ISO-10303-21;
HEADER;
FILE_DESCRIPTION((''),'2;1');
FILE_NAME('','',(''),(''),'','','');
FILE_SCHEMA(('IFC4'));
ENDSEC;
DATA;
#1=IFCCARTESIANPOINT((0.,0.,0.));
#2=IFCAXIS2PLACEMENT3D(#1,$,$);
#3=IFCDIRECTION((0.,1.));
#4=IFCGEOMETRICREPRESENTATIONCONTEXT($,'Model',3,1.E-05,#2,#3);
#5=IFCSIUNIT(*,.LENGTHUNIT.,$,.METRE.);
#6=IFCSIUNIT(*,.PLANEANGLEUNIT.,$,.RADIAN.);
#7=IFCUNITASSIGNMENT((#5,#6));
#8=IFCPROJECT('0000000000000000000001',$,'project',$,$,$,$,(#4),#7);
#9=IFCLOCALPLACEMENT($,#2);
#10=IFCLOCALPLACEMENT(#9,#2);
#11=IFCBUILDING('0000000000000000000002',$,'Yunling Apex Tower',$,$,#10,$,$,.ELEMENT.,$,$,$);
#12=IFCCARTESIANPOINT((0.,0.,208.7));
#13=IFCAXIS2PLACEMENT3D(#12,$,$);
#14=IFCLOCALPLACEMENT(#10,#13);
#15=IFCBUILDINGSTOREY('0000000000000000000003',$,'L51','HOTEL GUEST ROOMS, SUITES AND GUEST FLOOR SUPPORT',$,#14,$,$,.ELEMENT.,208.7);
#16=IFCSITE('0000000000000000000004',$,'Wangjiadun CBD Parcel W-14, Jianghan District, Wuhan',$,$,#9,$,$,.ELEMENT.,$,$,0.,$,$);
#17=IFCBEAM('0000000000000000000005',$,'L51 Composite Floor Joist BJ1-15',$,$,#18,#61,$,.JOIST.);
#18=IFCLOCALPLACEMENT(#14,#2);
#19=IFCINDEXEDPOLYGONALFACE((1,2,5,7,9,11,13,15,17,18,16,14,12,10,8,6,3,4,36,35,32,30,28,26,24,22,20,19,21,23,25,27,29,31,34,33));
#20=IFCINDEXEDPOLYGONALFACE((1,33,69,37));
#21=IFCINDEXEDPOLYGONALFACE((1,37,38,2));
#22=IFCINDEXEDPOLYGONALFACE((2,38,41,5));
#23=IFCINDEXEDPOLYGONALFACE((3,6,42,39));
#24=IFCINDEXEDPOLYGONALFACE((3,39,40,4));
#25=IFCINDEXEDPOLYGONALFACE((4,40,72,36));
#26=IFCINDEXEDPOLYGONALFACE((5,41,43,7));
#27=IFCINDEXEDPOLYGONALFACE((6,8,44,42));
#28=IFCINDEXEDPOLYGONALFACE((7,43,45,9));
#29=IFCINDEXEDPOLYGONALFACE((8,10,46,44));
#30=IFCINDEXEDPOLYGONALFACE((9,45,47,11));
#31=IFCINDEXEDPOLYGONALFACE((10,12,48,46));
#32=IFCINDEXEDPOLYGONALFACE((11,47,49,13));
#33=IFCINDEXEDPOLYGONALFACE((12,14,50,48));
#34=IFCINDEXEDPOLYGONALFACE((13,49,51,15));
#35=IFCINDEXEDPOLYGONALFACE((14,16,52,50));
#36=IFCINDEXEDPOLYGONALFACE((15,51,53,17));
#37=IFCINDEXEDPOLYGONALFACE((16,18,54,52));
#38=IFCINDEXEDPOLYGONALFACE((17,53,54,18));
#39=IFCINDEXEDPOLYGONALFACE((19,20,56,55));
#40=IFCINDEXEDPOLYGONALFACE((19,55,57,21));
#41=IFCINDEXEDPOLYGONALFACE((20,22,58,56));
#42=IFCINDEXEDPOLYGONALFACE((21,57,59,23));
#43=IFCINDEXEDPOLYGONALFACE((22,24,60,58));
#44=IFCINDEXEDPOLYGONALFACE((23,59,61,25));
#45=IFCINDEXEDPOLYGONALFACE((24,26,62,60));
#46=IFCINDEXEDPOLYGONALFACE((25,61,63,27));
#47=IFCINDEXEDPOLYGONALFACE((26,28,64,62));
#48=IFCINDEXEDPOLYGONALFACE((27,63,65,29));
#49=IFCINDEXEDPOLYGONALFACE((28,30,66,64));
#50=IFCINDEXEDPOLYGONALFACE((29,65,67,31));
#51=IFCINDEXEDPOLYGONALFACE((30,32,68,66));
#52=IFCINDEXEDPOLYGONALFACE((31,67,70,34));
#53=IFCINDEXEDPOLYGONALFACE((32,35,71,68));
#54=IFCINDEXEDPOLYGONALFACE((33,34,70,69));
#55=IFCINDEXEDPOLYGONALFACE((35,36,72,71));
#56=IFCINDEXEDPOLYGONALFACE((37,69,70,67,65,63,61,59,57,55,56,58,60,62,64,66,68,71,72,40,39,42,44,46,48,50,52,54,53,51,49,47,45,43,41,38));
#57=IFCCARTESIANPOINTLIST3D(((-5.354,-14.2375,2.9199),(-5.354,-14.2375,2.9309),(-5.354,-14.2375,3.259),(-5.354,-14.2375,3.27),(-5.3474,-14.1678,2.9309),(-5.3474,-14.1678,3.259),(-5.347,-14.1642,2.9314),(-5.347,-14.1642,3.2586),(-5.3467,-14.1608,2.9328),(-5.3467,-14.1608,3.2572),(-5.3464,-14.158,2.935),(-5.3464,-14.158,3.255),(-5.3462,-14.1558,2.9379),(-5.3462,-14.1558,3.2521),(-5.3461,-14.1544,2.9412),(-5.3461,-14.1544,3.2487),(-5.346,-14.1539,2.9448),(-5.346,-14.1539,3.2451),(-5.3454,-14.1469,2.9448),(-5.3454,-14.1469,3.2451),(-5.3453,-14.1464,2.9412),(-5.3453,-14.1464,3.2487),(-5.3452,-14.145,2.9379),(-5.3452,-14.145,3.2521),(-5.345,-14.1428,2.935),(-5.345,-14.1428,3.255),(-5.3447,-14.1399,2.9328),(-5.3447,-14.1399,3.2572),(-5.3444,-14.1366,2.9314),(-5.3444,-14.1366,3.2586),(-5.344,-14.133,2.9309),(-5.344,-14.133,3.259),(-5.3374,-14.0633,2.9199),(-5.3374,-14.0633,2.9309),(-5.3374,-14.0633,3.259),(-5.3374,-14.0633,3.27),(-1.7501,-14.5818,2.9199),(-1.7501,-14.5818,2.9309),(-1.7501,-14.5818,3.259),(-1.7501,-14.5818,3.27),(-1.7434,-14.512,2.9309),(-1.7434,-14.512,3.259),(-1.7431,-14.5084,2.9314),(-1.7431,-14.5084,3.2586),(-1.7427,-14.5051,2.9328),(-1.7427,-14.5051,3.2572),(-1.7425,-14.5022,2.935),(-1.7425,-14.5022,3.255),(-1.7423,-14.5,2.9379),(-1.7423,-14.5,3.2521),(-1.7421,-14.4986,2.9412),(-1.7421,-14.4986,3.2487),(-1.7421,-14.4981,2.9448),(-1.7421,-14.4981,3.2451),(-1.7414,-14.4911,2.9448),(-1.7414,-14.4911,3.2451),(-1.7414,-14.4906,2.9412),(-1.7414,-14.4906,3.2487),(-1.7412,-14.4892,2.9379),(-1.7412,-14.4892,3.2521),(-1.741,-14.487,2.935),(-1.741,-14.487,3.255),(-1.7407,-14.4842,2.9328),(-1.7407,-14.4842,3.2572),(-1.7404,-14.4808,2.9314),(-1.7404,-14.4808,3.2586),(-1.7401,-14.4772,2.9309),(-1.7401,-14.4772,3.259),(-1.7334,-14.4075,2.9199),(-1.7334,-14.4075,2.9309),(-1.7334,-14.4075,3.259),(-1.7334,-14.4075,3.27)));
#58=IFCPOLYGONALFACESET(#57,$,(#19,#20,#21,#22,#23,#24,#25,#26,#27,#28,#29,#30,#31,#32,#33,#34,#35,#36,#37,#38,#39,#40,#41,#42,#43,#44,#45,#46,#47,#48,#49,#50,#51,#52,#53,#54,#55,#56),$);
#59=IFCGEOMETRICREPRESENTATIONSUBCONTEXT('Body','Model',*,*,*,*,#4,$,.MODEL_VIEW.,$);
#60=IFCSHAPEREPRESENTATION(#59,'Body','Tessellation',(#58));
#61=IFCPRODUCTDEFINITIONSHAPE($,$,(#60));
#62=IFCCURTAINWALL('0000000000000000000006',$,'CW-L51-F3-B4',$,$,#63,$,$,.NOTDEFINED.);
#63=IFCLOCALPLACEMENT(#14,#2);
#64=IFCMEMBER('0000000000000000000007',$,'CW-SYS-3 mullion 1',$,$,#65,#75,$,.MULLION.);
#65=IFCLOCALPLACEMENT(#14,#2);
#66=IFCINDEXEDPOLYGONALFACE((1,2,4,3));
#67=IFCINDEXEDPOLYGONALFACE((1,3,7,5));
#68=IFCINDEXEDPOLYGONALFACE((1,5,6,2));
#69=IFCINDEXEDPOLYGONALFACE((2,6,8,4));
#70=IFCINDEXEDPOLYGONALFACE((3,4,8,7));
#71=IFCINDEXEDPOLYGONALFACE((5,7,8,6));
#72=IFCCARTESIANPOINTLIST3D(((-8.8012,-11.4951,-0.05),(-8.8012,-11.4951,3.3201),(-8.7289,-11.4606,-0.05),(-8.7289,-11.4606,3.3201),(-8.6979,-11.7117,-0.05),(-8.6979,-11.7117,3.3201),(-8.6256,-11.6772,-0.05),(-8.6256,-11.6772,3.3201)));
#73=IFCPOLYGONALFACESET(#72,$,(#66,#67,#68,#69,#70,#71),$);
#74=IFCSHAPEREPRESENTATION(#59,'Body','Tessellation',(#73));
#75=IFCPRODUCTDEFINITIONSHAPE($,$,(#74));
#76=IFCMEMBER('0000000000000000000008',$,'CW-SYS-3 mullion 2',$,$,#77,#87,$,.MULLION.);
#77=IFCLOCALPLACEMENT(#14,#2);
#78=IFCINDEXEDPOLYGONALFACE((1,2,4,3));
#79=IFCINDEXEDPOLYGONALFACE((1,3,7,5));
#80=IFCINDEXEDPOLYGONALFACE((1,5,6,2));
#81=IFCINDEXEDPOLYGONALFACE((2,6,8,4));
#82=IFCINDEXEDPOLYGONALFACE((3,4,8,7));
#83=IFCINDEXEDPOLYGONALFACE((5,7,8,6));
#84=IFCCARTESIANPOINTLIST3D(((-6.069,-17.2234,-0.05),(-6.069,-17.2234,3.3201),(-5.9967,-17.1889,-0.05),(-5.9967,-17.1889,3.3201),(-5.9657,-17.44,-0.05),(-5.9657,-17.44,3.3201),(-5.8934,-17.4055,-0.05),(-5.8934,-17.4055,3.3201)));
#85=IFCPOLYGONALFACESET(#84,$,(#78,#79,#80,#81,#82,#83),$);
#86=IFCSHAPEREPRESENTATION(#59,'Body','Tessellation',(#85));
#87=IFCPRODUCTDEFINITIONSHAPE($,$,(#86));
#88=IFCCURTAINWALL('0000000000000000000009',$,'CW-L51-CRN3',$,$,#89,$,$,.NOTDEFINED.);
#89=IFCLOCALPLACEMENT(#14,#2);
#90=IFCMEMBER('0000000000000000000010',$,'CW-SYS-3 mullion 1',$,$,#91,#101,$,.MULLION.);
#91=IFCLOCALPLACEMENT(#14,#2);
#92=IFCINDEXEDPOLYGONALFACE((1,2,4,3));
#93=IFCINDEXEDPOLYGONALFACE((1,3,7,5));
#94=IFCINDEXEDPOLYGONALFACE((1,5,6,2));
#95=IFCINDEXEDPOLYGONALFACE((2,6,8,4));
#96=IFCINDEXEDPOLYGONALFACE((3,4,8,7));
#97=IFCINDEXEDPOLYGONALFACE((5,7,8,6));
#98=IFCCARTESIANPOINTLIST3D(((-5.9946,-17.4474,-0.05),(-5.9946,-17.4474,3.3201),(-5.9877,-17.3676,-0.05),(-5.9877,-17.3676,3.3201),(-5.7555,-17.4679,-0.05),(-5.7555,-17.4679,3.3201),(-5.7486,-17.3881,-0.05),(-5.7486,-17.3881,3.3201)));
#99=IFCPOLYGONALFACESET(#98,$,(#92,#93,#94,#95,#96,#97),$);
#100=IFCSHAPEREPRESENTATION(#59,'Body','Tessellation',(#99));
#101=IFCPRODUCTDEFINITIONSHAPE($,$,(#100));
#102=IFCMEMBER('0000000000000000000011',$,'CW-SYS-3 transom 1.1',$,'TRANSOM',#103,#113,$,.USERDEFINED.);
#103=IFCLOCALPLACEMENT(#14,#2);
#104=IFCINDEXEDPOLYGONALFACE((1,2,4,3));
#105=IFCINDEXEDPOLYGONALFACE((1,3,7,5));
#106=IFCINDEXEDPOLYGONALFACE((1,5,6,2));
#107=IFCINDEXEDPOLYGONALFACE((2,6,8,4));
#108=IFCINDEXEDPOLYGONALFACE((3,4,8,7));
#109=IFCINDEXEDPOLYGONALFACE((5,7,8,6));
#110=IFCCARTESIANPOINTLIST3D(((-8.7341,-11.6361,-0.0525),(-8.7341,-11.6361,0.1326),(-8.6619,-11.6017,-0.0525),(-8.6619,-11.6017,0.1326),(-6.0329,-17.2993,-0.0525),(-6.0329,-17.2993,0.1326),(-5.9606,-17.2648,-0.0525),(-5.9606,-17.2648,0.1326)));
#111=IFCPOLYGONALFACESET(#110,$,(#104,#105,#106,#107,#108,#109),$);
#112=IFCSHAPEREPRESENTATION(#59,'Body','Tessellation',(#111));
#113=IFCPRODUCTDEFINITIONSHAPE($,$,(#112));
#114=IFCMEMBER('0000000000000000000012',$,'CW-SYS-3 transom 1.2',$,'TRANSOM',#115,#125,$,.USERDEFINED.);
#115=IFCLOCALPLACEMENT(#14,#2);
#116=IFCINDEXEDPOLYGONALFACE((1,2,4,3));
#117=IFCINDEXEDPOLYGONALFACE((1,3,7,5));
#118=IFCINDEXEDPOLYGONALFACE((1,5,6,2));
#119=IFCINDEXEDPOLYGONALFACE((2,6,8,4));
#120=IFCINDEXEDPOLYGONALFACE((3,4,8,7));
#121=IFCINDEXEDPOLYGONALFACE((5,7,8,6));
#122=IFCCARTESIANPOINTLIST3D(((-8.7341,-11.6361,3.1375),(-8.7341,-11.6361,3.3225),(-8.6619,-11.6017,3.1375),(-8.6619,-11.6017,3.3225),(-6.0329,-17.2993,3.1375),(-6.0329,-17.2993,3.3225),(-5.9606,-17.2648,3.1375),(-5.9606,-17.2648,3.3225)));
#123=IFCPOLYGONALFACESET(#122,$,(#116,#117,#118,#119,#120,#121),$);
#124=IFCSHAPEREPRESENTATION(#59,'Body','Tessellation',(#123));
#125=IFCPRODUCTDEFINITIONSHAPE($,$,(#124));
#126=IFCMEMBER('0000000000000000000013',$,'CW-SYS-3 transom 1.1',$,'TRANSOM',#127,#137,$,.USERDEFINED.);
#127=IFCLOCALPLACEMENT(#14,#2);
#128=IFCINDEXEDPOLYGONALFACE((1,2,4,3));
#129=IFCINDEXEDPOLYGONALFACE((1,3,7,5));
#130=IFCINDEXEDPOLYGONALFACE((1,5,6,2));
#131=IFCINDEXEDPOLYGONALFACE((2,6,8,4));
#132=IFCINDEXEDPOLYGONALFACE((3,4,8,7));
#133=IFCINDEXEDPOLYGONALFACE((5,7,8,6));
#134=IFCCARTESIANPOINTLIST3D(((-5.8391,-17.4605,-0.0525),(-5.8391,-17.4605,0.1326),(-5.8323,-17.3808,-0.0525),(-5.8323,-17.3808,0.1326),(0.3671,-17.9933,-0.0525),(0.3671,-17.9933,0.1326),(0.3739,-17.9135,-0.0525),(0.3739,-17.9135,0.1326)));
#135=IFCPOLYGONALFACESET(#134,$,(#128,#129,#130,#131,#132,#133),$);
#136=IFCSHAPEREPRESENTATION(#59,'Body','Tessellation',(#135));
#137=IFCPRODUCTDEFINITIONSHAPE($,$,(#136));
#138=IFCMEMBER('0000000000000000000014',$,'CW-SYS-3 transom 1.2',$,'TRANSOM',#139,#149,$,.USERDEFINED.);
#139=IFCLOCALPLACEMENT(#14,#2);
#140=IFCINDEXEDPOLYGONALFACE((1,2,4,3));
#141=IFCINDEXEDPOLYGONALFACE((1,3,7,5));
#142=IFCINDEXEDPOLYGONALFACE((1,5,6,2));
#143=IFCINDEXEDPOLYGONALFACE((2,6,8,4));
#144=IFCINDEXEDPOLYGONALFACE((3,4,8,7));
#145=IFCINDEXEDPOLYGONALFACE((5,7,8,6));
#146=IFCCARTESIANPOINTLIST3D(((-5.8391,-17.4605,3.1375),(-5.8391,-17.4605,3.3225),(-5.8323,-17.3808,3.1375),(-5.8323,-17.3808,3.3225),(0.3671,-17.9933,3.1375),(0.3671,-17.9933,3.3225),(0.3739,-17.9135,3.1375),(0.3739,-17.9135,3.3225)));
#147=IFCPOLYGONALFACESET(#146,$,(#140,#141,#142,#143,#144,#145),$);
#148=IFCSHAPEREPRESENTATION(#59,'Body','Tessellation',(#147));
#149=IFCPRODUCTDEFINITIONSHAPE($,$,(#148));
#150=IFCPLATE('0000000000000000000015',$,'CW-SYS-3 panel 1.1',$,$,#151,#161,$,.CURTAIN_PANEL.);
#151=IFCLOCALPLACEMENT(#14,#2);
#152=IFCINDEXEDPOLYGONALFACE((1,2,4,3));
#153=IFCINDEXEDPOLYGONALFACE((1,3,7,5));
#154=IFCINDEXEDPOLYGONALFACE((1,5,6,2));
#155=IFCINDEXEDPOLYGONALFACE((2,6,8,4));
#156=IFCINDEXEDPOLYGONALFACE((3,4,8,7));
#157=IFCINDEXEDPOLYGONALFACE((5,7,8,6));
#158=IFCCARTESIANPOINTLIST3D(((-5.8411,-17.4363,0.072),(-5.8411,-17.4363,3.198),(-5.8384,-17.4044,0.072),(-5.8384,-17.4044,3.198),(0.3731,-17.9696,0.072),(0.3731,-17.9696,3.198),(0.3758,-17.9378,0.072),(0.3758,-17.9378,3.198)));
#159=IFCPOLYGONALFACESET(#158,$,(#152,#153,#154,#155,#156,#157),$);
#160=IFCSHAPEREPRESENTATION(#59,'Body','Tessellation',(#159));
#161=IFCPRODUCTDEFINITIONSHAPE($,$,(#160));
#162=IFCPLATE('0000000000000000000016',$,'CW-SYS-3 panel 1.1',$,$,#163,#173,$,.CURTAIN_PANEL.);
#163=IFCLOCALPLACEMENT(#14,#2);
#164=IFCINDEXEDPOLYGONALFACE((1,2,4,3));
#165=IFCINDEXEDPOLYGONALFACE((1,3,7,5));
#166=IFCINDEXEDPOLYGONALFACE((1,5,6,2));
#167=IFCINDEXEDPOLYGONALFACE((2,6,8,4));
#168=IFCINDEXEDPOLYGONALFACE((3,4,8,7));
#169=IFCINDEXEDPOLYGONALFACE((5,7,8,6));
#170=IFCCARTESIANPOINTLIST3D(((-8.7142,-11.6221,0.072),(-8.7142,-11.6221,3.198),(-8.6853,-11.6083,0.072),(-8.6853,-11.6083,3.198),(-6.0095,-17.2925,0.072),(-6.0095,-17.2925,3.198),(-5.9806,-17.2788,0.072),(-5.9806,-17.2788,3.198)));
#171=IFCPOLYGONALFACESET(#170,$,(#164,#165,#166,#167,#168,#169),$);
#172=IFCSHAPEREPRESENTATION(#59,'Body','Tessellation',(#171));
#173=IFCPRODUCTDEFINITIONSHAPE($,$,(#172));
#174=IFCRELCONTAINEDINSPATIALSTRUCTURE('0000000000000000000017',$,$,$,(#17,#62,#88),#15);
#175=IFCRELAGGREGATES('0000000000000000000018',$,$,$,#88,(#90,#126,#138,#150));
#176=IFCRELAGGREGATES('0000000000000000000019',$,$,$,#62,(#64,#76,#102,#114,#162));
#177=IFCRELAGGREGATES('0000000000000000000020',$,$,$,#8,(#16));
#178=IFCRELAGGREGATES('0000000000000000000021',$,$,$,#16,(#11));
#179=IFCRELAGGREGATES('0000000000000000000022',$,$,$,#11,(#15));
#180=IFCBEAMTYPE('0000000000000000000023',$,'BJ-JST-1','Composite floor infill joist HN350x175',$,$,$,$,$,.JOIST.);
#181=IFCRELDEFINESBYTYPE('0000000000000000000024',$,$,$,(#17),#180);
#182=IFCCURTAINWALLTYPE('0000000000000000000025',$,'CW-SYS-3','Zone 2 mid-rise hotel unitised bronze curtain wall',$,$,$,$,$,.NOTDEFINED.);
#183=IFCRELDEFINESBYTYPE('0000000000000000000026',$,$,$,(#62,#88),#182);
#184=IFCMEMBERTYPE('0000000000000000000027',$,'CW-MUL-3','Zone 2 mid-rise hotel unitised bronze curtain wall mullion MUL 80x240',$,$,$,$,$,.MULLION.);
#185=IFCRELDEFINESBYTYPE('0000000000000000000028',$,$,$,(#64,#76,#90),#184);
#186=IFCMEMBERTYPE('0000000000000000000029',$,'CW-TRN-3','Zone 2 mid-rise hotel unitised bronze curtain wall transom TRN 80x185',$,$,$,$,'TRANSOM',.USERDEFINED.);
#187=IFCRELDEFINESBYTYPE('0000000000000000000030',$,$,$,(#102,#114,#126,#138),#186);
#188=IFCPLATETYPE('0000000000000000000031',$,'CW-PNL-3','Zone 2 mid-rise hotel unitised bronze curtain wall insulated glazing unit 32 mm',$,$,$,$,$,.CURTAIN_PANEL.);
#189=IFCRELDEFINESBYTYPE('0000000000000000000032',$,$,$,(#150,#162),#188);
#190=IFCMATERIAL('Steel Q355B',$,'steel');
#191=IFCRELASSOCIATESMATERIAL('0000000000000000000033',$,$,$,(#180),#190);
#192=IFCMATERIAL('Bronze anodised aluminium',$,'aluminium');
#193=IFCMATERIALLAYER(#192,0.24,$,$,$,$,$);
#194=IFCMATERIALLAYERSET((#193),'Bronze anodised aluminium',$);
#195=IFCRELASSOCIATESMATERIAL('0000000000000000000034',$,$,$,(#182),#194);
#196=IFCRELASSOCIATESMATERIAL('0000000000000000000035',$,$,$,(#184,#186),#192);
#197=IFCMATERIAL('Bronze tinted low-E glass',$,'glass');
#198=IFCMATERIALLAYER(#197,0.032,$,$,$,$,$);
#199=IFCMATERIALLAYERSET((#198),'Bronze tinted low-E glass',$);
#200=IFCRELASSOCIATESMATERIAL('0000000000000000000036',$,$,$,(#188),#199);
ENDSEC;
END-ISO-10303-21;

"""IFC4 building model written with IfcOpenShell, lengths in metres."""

from ifc_helpers import new_model, si_unit, direction, frame, origin, origin_2d, place, context, subcontext, project, spatial, rectangle, i_section, extrude, source, transform, mapped, material, layer, layer_set, material_profile, profile_set, type_object, element, aggregate, save


model = new_model("IFC4")

# Units and contexts
model_context = context("Model", 3, precision=1e-05, world=origin(), true_north=direction((0.0, 1.0)))
body_context = subcontext(model_context, "Body", "Model", "MODEL_VIEW")
ifc_project = project(units=[si_unit("LENGTHUNIT", "METRE"), si_unit("PLANEANGLEUNIT", "RADIAN")], contexts=[model_context])

# Site, building, storey
site_placement = place(None, origin())
site = spatial("IfcSite", under=ifc_project, at=site_placement, Name="Wangjiadun CBD Parcel W-14, Jianghan District, Wuhan", CompositionType="ELEMENT", RefElevation=0.0)
building_placement = place(site_placement, origin())
building = spatial("IfcBuilding", under=site, at=building_placement, Name="Yunling Apex Tower", CompositionType="ELEMENT")
storey_placement = place(building_placement, frame((0.0, 0.0, 208.7)))
storey = spatial("IfcBuildingStorey", under=building, at=storey_placement, Name="L51", Description="HOTEL GUEST ROOMS, SUITES AND GUEST FLOOR SUPPORT", CompositionType="ELEMENT", Elevation=208.7)

# Beam
ifc_material_1 = material(Name="Steel Q355B", Category="steel")
ifc_material_profile_1 = material_profile(ifc_material_1, i_section(OverallWidth=0.175, OverallDepth=0.3501, WebThickness=0.0071, FlangeThickness=0.011, FilletRadius=0.0139, at=origin_2d()))
ifc_profile_set_1 = profile_set([ifc_material_profile_1], Name="Steel Q355B")
beam_type_1 = type_object("IfcBeamType", Name="BJ-JST-1", Description="Composite floor infill joist HN350x175", PredefinedType="JOIST", material=ifc_profile_set_1)
shared_shape_1 = source(origin(), body_context, "Body", "SweptSolid", [
    extrude(i_section(OverallWidth=0.175, OverallDepth=0.3501, WebThickness=0.0071, FlangeThickness=0.011, FilletRadius=0.0139, at=origin_2d()), origin(), (0.0, 0.0, 1.0), 3.6204),
])
beam_1_placement = place(storey_placement, frame((-5.3457, -14.1504, 3.095), z_axis=(0.995469, -0.095083, 0.0), x_axis=(0.095083, 0.995469, 0.0)))
element("IfcBeam", 1, at=beam_1_placement, inside=storey, type_object=beam_type_1, Name="L51 Composite Floor Joist BJ1-15", PredefinedType="JOIST", context=body_context, shape_type="MappedRepresentation", body=[
    mapped(shared_shape_1, transform((0.0, 0.0, 0.0), scale=1.0)),
])

# Curtain wall, members
ifc_material_2 = material(Name="Bronze anodised aluminium", Category="aluminium")
ifc_layer_1 = layer(ifc_material_2, 0.24)
ifc_layer_set_1 = layer_set([ifc_layer_1], Name="Bronze anodised aluminium")
curtain_wall_type = type_object("IfcCurtainWallType", Name="CW-SYS-3", Description="Zone 2 mid-rise hotel unitised bronze curtain wall", PredefinedType="NOTDEFINED", material=ifc_layer_set_1)
curtain_wall_1_placement = place(storey_placement, origin())
curtain_wall_1 = element("IfcCurtainWall", 2, at=curtain_wall_1_placement, inside=storey, type_object=curtain_wall_type, Name="CW-L51-F3-B4", PredefinedType="NOTDEFINED")
ifc_material_profile_2 = material_profile(ifc_material_2, rectangle(XDim=0.0801, YDim=0.24, at=origin_2d()))
ifc_profile_set_2 = profile_set([ifc_material_profile_2], Name="Bronze anodised aluminium")
member_type_1 = type_object("IfcMemberType", Name="CW-MUL-3", Description="Zone 2 mid-rise hotel unitised bronze curtain wall mullion MUL 80x240", PredefinedType="MULLION", material=ifc_profile_set_2)
shared_shape_2 = source(origin(), body_context, "Body", "SweptSolid", [
    extrude(rectangle(XDim=0.0801, YDim=0.24, at=origin_2d()), origin(), (0.0, 0.0, 1.0), 3.3701),
])
member_1_placement = place(storey_placement, frame((-8.7134, -11.5862, -0.05), z_axis=(0.0, 0.0, 1.0), x_axis=(0.902582, 0.430518, 0.0)))
member_1 = element("IfcMember", 3, at=member_1_placement, type_object=member_type_1, Name="CW-SYS-3 mullion 1", PredefinedType="MULLION", context=body_context, shape_type="MappedRepresentation", body=[
    mapped(shared_shape_2, transform((0.0, 0.0, 0.0), scale=1.0)),
])
member_2_placement = place(storey_placement, frame((-5.9812, -17.3145, -0.05), z_axis=(0.0, 0.0, 1.0), x_axis=(0.902582, 0.430518, 0.0)))
member_2 = element("IfcMember", 4, at=member_2_placement, type_object=member_type_1, Name="CW-SYS-3 mullion 2", PredefinedType="MULLION", context=body_context, shape_type="MappedRepresentation", body=[
    mapped(shared_shape_2, transform((0.0, 0.0, 0.0), scale=1.0)),
])

# Curtain wall, member
curtain_wall_2_placement = place(storey_placement, origin())
curtain_wall_2 = element("IfcCurtainWall", 5, at=curtain_wall_2_placement, inside=storey, type_object=curtain_wall_type, Name="CW-L51-CRN3", PredefinedType="NOTDEFINED")
member_3_placement = place(storey_placement, frame((-5.8716, -17.4177, -0.05), z_axis=(0.0, 0.0, 1.0), x_axis=(0.085517, 0.996337, 0.0)))
member_3 = element("IfcMember", 6, at=member_3_placement, type_object=member_type_1, Name="CW-SYS-3 mullion 1", PredefinedType="MULLION", context=body_context, shape_type="MappedRepresentation", body=[
    mapped(shared_shape_2, transform((0.0, 0.0, 0.0), scale=1.0)),
])

# Members
ifc_material_profile_3 = material_profile(ifc_material_2, rectangle(XDim=0.0801, YDim=0.1851, at=origin_2d()))
ifc_profile_set_3 = profile_set([ifc_material_profile_3], Name="Bronze anodised aluminium")
member_type_2 = type_object("IfcMemberType", Name="CW-TRN-3", Description="Zone 2 mid-rise hotel unitised bronze curtain wall transom TRN 80x185", ElementType="TRANSOM", PredefinedType="USERDEFINED", material=ifc_profile_set_3)
shared_shape_3 = source(origin(), body_context, "Body", "SweptSolid", [
    extrude(rectangle(XDim=0.0801, YDim=0.1851, at=origin_2d()), origin(), (0.0, 0.0, 1.0), 6.2744),
])
member_4_placement = place(storey_placement, frame((-8.698, -11.6189, 0.04), z_axis=(0.430513, -0.902584, 0.0), x_axis=(0.902584, 0.430513, 0.0)))
member_4 = element("IfcMember", 7, at=member_4_placement, type_object=member_type_2, Name="CW-SYS-3 transom 1.1", ObjectType="TRANSOM", PredefinedType="USERDEFINED", context=body_context, shape_type="MappedRepresentation", body=[
    mapped(shared_shape_3, transform((0.0, 0.0, 0.0), scale=1.0)),
])
member_5_placement = place(storey_placement, frame((-8.698, -11.6189, 3.23), z_axis=(0.430513, -0.902584, 0.0), x_axis=(0.902584, 0.430513, 0.0)))
member_5 = element("IfcMember", 8, at=member_5_placement, type_object=member_type_2, Name="CW-SYS-3 transom 1.2", ObjectType="TRANSOM", PredefinedType="USERDEFINED", context=body_context, shape_type="MappedRepresentation", body=[
    mapped(shared_shape_3, transform((0.0, 0.0, 0.0), scale=1.0)),
])
shared_shape_4 = source(origin(), body_context, "Body", "SweptSolid", [
    extrude(rectangle(XDim=0.0801, YDim=0.1851, at=origin_2d()), origin(), (0.0, 0.0, 1.0), 6.229),
])
member_6_placement = place(storey_placement, frame((-5.8357, -17.4207, 0.04), z_axis=(0.996336, -0.08552, 0.0), x_axis=(0.08552, 0.996336, 0.0)))
member_6 = element("IfcMember", 9, at=member_6_placement, type_object=member_type_2, Name="CW-SYS-3 transom 1.1", ObjectType="TRANSOM", PredefinedType="USERDEFINED", context=body_context, shape_type="MappedRepresentation", body=[
    mapped(shared_shape_4, transform((0.0, 0.0, 0.0), scale=1.0)),
])
member_7_placement = place(storey_placement, frame((-5.8357, -17.4207, 3.23), z_axis=(0.996336, -0.08552, 0.0), x_axis=(0.08552, 0.996336, 0.0)))
member_7 = element("IfcMember", 10, at=member_7_placement, type_object=member_type_2, Name="CW-SYS-3 transom 1.2", ObjectType="TRANSOM", PredefinedType="USERDEFINED", context=body_context, shape_type="MappedRepresentation", body=[
    mapped(shared_shape_4, transform((0.0, 0.0, 0.0), scale=1.0)),
])

# Plates
ifc_material_3 = material(Name="Bronze tinted low-E glass", Category="glass")
ifc_layer_2 = layer(ifc_material_3, 0.032)
ifc_layer_set_2 = layer_set([ifc_layer_2], Name="Bronze tinted low-E glass")
plate_type = type_object("IfcPlateType", Name="CW-PNL-3", Description="Zone 2 mid-rise hotel unitised bronze curtain wall insulated glazing unit 32 mm", PredefinedType="CURTAIN_PANEL", material=ifc_layer_set_2)
shared_shape_5 = source(origin(), body_context, "Body", "SweptSolid", [
    extrude(rectangle(XDim=6.2371, YDim=0.032, at=origin_2d()), origin(), (0.0, 0.0, 1.0), 3.126),
])
plate_1_placement = place(storey_placement, frame((-2.7327, -17.687, 0.072), z_axis=(0.0, 0.0, 1.0), x_axis=(0.996337, -0.085517, 0.0)))
plate_1 = element("IfcPlate", 11, at=plate_1_placement, type_object=plate_type, Name="CW-SYS-3 panel 1.1", PredefinedType="CURTAIN_PANEL", context=body_context, shape_type="MappedRepresentation", body=[
    mapped(shared_shape_5, transform((0.0, 0.0, 0.0), scale=1.0)),
])
aggregate(curtain_wall_2, [member_3, member_6, member_7, plate_1])
shared_shape_6 = source(origin(), body_context, "Body", "SweptSolid", [
    extrude(rectangle(XDim=6.2825, YDim=0.032, at=origin_2d()), origin(), (0.0, 0.0, 1.0), 3.126),
])
plate_2_placement = place(storey_placement, frame((-7.3474, -14.4504, 0.072), z_axis=(0.0, 0.0, 1.0), x_axis=(0.430518, -0.902582, 0.0)))
plate_2 = element("IfcPlate", 12, at=plate_2_placement, type_object=plate_type, Name="CW-SYS-3 panel 1.1", PredefinedType="CURTAIN_PANEL", context=body_context, shape_type="MappedRepresentation", body=[
    mapped(shared_shape_6, transform((0.0, 0.0, 0.0), scale=1.0)),
])
aggregate(curtain_wall_1, [member_1, member_2, member_4, member_5, plate_2])

save(model, "model.ifc")
